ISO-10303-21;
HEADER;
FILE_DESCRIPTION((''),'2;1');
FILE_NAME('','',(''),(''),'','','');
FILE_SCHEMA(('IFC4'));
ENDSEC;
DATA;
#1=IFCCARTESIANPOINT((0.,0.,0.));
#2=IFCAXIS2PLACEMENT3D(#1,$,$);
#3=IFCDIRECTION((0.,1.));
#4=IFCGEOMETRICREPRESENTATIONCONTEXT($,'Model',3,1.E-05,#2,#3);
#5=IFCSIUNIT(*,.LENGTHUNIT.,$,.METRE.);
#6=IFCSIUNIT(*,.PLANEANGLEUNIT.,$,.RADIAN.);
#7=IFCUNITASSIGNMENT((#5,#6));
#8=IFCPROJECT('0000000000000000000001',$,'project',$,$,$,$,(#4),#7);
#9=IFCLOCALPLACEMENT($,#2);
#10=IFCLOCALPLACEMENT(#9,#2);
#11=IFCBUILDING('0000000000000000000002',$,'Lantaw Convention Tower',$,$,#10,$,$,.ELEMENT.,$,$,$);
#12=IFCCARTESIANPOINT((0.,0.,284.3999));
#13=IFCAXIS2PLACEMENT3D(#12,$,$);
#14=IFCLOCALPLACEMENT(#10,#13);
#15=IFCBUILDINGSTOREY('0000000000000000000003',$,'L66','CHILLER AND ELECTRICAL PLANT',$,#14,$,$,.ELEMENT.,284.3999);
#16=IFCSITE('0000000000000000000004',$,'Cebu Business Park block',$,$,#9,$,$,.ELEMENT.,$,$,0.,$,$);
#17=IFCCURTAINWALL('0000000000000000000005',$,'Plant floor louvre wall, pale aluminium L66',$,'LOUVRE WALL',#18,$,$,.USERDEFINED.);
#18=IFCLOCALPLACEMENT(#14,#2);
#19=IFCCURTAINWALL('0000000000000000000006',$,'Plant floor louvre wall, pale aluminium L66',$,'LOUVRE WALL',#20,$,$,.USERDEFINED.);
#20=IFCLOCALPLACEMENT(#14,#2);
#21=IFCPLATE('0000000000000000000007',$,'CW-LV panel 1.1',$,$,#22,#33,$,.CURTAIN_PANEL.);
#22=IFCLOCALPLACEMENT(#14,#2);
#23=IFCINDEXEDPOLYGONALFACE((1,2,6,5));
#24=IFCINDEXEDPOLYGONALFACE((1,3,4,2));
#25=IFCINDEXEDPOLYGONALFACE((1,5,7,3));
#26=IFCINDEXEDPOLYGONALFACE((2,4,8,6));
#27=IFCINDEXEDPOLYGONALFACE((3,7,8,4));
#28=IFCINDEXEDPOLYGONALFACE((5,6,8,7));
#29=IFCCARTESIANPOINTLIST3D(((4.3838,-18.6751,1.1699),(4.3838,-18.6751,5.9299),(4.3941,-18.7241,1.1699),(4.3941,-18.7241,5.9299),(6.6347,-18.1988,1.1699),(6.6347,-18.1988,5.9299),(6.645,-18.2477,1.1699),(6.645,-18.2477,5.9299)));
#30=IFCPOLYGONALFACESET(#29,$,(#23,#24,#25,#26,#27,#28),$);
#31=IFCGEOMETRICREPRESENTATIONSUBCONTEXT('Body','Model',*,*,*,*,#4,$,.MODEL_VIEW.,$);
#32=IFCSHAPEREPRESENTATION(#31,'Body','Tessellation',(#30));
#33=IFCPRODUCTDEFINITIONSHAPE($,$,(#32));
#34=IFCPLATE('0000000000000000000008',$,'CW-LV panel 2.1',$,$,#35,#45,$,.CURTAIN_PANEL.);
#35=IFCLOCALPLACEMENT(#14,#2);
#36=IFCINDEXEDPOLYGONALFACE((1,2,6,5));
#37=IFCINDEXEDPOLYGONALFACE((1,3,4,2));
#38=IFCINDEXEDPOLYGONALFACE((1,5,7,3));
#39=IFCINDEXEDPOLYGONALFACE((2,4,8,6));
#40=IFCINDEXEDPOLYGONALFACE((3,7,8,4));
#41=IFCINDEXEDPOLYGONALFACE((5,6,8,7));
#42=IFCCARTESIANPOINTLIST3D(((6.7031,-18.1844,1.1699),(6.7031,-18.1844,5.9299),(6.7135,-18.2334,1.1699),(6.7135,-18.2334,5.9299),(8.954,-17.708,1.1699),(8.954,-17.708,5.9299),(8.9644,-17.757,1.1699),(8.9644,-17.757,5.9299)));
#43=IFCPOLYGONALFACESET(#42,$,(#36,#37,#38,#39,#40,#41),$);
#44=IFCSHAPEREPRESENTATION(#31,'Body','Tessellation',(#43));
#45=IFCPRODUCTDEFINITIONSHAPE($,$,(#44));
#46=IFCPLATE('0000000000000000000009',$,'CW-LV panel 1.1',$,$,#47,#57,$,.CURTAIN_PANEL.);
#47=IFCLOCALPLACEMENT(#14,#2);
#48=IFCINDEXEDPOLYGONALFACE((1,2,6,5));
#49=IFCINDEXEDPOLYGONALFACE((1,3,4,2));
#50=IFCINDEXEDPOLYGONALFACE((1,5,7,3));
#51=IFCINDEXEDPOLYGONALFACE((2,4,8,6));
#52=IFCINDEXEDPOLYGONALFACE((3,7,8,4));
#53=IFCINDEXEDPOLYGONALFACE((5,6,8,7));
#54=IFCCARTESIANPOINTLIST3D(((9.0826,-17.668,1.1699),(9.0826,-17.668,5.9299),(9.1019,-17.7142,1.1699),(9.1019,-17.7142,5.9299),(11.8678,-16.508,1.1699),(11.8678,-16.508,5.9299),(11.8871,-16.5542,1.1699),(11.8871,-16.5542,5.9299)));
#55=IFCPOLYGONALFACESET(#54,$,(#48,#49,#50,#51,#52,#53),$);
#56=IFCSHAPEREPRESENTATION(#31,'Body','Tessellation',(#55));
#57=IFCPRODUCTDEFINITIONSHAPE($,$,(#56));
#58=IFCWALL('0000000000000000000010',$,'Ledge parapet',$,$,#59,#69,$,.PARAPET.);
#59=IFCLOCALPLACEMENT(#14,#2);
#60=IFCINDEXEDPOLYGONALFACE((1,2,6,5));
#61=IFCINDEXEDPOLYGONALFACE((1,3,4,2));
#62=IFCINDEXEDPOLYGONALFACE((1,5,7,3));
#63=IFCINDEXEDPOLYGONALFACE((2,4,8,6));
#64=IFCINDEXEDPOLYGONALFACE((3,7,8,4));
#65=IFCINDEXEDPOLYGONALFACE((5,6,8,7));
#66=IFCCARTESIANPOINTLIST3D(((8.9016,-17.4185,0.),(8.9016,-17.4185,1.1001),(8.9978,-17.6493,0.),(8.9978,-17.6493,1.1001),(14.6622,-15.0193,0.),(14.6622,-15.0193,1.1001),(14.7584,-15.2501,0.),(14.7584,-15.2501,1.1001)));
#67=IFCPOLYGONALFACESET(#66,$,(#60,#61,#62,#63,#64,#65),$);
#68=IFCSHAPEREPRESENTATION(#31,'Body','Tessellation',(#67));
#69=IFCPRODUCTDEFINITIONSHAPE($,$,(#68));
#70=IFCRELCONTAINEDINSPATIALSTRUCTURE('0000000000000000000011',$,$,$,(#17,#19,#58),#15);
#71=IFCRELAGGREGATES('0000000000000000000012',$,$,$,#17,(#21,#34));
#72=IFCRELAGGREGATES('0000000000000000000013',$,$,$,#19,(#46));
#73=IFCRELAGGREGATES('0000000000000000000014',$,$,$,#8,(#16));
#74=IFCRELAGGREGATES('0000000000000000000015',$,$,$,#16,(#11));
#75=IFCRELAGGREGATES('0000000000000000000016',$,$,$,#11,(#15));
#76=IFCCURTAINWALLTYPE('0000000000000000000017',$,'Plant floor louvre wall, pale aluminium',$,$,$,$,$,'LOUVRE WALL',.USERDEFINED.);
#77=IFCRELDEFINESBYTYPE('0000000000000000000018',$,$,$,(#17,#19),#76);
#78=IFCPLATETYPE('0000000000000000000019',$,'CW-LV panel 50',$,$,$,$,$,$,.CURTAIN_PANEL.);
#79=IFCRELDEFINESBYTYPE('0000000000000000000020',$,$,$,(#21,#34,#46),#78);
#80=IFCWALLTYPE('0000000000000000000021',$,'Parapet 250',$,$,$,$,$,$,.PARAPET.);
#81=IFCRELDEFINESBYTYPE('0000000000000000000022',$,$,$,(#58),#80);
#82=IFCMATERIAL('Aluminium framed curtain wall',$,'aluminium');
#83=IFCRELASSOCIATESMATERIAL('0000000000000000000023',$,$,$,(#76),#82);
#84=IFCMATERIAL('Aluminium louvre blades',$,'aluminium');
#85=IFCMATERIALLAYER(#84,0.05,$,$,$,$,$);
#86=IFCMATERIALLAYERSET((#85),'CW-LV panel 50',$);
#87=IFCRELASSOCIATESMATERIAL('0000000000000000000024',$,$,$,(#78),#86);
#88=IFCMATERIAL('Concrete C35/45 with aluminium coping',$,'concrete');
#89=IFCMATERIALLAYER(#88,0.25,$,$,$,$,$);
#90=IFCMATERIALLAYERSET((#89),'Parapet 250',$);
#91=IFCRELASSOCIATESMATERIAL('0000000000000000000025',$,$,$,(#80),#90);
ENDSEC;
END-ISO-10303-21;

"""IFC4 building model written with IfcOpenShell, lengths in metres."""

from ifc_helpers import new_model, si_unit, direction, frame, frame_2d, origin, origin_2d, place, context, subcontext, project, spatial, rectangle, extrude, material, layer, layer_set, type_object, element, aggregate, save


model = new_model("IFC4")

# Units and contexts
model_context = context("Model", 3, precision=1e-05, world=origin(), true_north=direction((0.0, 1.0)))
body_context = subcontext(model_context, "Body", "Model", "MODEL_VIEW")
ifc_project = project(units=[si_unit("LENGTHUNIT", "METRE"), si_unit("PLANEANGLEUNIT", "RADIAN")], contexts=[model_context])

# Site, building, storey
site_placement = place(None, origin())
site = spatial("IfcSite", under=ifc_project, at=site_placement, Name="Cebu Business Park block", CompositionType="ELEMENT", RefElevation=0.0)
building_placement = place(site_placement, origin())
building = spatial("IfcBuilding", under=site, at=building_placement, Name="Lantaw Convention Tower", CompositionType="ELEMENT")
storey_placement = place(building_placement, frame((0.0, 0.0, 284.3999)))
storey = spatial("IfcBuildingStorey", under=building, at=storey_placement, Name="L66", Description="CHILLER AND ELECTRICAL PLANT", CompositionType="ELEMENT", Elevation=284.3999)

# Shared definitions
ifc_material_1 = material(Name="Aluminium framed curtain wall", Category="aluminium")
curtain_wall_type = type_object("IfcCurtainWallType", Name="Plant floor louvre wall, pale aluminium", ElementType="LOUVRE WALL", PredefinedType="USERDEFINED", material=ifc_material_1)

# Curtain walls
curtain_wall_1_placement = place(storey_placement, origin())
curtain_wall_1 = element("IfcCurtainWall", 1, at=curtain_wall_1_placement, inside=storey, type_object=curtain_wall_type, Name="Plant floor louvre wall, pale aluminium L66", ObjectType="LOUVRE WALL", PredefinedType="USERDEFINED")
curtain_wall_2_placement = place(storey_placement, origin())
curtain_wall_2 = element("IfcCurtainWall", 2, at=curtain_wall_2_placement, inside=storey, type_object=curtain_wall_type, Name="Plant floor louvre wall, pale aluminium L66", ObjectType="LOUVRE WALL", PredefinedType="USERDEFINED")

# Plates
ifc_material_2 = material(Name="Aluminium louvre blades", Category="aluminium")
ifc_layer_1 = layer(ifc_material_2, 0.05)
ifc_layer_set_1 = layer_set([ifc_layer_1], Name="CW-LV panel 50")
plate_type = type_object("IfcPlateType", Name="CW-LV panel 50", PredefinedType="CURTAIN_PANEL", material=ifc_layer_set_1)
plate_1_placement = place(storey_placement, frame((5.5144, -18.4614, 1.1699), z_axis=(0.0, 0.0, 1.0), x_axis=(0.978332, 0.20704, 0.0)))
plate_1 = element("IfcPlate", 3, at=plate_1_placement, type_object=plate_type, Name="CW-LV panel 1.1", PredefinedType="CURTAIN_PANEL", context=body_context, shape_type="SweptSolid", body=[
    extrude(rectangle(XDim=2.3008, YDim=0.05, at=origin_2d()), origin(), (0.0, 0.0, 1.0), 4.76),
])
plate_2_placement = place(storey_placement, frame((7.8337, -17.9707, 1.1699), z_axis=(0.0, 0.0, 1.0), x_axis=(0.978332, 0.20704, 0.0)))
plate_2 = element("IfcPlate", 4, at=plate_2_placement, type_object=plate_type, Name="CW-LV panel 2.1", PredefinedType="CURTAIN_PANEL", context=body_context, shape_type="SweptSolid", body=[
    extrude(rectangle(XDim=2.3008, YDim=0.05, at=origin_2d()), origin(), (0.0, 0.0, 1.0), 4.76),
])
aggregate(curtain_wall_1, [plate_1, plate_2])
plate_3_placement = place(storey_placement, frame((10.4849, -17.1111, 1.1699), z_axis=(0.0, 0.0, 1.0), x_axis=(0.923142, 0.38446, 0.0)))
plate_3 = element("IfcPlate", 5, at=plate_3_placement, type_object=plate_type, Name="CW-LV panel 1.1", PredefinedType="CURTAIN_PANEL", context=body_context, shape_type="SweptSolid", body=[
    extrude(rectangle(XDim=3.0171, YDim=0.05, at=origin_2d()), origin(), (0.0, 0.0, 1.0), 4.76),
])
aggregate(curtain_wall_2, [plate_3])

# Wall
ifc_material_3 = material(Name="Concrete C35/45 with aluminium coping", Category="concrete")
ifc_layer_2 = layer(ifc_material_3, 0.25)
ifc_layer_set_2 = layer_set([ifc_layer_2], Name="Parapet 250")
wall_type = type_object("IfcWallType", Name="Parapet 250", PredefinedType="PARAPET", material=ifc_layer_set_2)
wall_placement = place(storey_placement, frame((8.9497, -17.5339, 0.0), z_axis=(0.0, 0.0, 1.0), x_axis=(0.923136, 0.384474, 0.0)))
element("IfcWall", 6, at=wall_placement, inside=storey, type_object=wall_type, Name="Ledge parapet", PredefinedType="PARAPET", context=body_context, shape_type="SweptSolid", body=[
    extrude(rectangle(XDim=6.2402, YDim=0.25, at=frame_2d((3.1201, 0.0))), origin(), (0.0, 0.0, 1.0), 1.1001),
])

save(model, "model.ifc")
